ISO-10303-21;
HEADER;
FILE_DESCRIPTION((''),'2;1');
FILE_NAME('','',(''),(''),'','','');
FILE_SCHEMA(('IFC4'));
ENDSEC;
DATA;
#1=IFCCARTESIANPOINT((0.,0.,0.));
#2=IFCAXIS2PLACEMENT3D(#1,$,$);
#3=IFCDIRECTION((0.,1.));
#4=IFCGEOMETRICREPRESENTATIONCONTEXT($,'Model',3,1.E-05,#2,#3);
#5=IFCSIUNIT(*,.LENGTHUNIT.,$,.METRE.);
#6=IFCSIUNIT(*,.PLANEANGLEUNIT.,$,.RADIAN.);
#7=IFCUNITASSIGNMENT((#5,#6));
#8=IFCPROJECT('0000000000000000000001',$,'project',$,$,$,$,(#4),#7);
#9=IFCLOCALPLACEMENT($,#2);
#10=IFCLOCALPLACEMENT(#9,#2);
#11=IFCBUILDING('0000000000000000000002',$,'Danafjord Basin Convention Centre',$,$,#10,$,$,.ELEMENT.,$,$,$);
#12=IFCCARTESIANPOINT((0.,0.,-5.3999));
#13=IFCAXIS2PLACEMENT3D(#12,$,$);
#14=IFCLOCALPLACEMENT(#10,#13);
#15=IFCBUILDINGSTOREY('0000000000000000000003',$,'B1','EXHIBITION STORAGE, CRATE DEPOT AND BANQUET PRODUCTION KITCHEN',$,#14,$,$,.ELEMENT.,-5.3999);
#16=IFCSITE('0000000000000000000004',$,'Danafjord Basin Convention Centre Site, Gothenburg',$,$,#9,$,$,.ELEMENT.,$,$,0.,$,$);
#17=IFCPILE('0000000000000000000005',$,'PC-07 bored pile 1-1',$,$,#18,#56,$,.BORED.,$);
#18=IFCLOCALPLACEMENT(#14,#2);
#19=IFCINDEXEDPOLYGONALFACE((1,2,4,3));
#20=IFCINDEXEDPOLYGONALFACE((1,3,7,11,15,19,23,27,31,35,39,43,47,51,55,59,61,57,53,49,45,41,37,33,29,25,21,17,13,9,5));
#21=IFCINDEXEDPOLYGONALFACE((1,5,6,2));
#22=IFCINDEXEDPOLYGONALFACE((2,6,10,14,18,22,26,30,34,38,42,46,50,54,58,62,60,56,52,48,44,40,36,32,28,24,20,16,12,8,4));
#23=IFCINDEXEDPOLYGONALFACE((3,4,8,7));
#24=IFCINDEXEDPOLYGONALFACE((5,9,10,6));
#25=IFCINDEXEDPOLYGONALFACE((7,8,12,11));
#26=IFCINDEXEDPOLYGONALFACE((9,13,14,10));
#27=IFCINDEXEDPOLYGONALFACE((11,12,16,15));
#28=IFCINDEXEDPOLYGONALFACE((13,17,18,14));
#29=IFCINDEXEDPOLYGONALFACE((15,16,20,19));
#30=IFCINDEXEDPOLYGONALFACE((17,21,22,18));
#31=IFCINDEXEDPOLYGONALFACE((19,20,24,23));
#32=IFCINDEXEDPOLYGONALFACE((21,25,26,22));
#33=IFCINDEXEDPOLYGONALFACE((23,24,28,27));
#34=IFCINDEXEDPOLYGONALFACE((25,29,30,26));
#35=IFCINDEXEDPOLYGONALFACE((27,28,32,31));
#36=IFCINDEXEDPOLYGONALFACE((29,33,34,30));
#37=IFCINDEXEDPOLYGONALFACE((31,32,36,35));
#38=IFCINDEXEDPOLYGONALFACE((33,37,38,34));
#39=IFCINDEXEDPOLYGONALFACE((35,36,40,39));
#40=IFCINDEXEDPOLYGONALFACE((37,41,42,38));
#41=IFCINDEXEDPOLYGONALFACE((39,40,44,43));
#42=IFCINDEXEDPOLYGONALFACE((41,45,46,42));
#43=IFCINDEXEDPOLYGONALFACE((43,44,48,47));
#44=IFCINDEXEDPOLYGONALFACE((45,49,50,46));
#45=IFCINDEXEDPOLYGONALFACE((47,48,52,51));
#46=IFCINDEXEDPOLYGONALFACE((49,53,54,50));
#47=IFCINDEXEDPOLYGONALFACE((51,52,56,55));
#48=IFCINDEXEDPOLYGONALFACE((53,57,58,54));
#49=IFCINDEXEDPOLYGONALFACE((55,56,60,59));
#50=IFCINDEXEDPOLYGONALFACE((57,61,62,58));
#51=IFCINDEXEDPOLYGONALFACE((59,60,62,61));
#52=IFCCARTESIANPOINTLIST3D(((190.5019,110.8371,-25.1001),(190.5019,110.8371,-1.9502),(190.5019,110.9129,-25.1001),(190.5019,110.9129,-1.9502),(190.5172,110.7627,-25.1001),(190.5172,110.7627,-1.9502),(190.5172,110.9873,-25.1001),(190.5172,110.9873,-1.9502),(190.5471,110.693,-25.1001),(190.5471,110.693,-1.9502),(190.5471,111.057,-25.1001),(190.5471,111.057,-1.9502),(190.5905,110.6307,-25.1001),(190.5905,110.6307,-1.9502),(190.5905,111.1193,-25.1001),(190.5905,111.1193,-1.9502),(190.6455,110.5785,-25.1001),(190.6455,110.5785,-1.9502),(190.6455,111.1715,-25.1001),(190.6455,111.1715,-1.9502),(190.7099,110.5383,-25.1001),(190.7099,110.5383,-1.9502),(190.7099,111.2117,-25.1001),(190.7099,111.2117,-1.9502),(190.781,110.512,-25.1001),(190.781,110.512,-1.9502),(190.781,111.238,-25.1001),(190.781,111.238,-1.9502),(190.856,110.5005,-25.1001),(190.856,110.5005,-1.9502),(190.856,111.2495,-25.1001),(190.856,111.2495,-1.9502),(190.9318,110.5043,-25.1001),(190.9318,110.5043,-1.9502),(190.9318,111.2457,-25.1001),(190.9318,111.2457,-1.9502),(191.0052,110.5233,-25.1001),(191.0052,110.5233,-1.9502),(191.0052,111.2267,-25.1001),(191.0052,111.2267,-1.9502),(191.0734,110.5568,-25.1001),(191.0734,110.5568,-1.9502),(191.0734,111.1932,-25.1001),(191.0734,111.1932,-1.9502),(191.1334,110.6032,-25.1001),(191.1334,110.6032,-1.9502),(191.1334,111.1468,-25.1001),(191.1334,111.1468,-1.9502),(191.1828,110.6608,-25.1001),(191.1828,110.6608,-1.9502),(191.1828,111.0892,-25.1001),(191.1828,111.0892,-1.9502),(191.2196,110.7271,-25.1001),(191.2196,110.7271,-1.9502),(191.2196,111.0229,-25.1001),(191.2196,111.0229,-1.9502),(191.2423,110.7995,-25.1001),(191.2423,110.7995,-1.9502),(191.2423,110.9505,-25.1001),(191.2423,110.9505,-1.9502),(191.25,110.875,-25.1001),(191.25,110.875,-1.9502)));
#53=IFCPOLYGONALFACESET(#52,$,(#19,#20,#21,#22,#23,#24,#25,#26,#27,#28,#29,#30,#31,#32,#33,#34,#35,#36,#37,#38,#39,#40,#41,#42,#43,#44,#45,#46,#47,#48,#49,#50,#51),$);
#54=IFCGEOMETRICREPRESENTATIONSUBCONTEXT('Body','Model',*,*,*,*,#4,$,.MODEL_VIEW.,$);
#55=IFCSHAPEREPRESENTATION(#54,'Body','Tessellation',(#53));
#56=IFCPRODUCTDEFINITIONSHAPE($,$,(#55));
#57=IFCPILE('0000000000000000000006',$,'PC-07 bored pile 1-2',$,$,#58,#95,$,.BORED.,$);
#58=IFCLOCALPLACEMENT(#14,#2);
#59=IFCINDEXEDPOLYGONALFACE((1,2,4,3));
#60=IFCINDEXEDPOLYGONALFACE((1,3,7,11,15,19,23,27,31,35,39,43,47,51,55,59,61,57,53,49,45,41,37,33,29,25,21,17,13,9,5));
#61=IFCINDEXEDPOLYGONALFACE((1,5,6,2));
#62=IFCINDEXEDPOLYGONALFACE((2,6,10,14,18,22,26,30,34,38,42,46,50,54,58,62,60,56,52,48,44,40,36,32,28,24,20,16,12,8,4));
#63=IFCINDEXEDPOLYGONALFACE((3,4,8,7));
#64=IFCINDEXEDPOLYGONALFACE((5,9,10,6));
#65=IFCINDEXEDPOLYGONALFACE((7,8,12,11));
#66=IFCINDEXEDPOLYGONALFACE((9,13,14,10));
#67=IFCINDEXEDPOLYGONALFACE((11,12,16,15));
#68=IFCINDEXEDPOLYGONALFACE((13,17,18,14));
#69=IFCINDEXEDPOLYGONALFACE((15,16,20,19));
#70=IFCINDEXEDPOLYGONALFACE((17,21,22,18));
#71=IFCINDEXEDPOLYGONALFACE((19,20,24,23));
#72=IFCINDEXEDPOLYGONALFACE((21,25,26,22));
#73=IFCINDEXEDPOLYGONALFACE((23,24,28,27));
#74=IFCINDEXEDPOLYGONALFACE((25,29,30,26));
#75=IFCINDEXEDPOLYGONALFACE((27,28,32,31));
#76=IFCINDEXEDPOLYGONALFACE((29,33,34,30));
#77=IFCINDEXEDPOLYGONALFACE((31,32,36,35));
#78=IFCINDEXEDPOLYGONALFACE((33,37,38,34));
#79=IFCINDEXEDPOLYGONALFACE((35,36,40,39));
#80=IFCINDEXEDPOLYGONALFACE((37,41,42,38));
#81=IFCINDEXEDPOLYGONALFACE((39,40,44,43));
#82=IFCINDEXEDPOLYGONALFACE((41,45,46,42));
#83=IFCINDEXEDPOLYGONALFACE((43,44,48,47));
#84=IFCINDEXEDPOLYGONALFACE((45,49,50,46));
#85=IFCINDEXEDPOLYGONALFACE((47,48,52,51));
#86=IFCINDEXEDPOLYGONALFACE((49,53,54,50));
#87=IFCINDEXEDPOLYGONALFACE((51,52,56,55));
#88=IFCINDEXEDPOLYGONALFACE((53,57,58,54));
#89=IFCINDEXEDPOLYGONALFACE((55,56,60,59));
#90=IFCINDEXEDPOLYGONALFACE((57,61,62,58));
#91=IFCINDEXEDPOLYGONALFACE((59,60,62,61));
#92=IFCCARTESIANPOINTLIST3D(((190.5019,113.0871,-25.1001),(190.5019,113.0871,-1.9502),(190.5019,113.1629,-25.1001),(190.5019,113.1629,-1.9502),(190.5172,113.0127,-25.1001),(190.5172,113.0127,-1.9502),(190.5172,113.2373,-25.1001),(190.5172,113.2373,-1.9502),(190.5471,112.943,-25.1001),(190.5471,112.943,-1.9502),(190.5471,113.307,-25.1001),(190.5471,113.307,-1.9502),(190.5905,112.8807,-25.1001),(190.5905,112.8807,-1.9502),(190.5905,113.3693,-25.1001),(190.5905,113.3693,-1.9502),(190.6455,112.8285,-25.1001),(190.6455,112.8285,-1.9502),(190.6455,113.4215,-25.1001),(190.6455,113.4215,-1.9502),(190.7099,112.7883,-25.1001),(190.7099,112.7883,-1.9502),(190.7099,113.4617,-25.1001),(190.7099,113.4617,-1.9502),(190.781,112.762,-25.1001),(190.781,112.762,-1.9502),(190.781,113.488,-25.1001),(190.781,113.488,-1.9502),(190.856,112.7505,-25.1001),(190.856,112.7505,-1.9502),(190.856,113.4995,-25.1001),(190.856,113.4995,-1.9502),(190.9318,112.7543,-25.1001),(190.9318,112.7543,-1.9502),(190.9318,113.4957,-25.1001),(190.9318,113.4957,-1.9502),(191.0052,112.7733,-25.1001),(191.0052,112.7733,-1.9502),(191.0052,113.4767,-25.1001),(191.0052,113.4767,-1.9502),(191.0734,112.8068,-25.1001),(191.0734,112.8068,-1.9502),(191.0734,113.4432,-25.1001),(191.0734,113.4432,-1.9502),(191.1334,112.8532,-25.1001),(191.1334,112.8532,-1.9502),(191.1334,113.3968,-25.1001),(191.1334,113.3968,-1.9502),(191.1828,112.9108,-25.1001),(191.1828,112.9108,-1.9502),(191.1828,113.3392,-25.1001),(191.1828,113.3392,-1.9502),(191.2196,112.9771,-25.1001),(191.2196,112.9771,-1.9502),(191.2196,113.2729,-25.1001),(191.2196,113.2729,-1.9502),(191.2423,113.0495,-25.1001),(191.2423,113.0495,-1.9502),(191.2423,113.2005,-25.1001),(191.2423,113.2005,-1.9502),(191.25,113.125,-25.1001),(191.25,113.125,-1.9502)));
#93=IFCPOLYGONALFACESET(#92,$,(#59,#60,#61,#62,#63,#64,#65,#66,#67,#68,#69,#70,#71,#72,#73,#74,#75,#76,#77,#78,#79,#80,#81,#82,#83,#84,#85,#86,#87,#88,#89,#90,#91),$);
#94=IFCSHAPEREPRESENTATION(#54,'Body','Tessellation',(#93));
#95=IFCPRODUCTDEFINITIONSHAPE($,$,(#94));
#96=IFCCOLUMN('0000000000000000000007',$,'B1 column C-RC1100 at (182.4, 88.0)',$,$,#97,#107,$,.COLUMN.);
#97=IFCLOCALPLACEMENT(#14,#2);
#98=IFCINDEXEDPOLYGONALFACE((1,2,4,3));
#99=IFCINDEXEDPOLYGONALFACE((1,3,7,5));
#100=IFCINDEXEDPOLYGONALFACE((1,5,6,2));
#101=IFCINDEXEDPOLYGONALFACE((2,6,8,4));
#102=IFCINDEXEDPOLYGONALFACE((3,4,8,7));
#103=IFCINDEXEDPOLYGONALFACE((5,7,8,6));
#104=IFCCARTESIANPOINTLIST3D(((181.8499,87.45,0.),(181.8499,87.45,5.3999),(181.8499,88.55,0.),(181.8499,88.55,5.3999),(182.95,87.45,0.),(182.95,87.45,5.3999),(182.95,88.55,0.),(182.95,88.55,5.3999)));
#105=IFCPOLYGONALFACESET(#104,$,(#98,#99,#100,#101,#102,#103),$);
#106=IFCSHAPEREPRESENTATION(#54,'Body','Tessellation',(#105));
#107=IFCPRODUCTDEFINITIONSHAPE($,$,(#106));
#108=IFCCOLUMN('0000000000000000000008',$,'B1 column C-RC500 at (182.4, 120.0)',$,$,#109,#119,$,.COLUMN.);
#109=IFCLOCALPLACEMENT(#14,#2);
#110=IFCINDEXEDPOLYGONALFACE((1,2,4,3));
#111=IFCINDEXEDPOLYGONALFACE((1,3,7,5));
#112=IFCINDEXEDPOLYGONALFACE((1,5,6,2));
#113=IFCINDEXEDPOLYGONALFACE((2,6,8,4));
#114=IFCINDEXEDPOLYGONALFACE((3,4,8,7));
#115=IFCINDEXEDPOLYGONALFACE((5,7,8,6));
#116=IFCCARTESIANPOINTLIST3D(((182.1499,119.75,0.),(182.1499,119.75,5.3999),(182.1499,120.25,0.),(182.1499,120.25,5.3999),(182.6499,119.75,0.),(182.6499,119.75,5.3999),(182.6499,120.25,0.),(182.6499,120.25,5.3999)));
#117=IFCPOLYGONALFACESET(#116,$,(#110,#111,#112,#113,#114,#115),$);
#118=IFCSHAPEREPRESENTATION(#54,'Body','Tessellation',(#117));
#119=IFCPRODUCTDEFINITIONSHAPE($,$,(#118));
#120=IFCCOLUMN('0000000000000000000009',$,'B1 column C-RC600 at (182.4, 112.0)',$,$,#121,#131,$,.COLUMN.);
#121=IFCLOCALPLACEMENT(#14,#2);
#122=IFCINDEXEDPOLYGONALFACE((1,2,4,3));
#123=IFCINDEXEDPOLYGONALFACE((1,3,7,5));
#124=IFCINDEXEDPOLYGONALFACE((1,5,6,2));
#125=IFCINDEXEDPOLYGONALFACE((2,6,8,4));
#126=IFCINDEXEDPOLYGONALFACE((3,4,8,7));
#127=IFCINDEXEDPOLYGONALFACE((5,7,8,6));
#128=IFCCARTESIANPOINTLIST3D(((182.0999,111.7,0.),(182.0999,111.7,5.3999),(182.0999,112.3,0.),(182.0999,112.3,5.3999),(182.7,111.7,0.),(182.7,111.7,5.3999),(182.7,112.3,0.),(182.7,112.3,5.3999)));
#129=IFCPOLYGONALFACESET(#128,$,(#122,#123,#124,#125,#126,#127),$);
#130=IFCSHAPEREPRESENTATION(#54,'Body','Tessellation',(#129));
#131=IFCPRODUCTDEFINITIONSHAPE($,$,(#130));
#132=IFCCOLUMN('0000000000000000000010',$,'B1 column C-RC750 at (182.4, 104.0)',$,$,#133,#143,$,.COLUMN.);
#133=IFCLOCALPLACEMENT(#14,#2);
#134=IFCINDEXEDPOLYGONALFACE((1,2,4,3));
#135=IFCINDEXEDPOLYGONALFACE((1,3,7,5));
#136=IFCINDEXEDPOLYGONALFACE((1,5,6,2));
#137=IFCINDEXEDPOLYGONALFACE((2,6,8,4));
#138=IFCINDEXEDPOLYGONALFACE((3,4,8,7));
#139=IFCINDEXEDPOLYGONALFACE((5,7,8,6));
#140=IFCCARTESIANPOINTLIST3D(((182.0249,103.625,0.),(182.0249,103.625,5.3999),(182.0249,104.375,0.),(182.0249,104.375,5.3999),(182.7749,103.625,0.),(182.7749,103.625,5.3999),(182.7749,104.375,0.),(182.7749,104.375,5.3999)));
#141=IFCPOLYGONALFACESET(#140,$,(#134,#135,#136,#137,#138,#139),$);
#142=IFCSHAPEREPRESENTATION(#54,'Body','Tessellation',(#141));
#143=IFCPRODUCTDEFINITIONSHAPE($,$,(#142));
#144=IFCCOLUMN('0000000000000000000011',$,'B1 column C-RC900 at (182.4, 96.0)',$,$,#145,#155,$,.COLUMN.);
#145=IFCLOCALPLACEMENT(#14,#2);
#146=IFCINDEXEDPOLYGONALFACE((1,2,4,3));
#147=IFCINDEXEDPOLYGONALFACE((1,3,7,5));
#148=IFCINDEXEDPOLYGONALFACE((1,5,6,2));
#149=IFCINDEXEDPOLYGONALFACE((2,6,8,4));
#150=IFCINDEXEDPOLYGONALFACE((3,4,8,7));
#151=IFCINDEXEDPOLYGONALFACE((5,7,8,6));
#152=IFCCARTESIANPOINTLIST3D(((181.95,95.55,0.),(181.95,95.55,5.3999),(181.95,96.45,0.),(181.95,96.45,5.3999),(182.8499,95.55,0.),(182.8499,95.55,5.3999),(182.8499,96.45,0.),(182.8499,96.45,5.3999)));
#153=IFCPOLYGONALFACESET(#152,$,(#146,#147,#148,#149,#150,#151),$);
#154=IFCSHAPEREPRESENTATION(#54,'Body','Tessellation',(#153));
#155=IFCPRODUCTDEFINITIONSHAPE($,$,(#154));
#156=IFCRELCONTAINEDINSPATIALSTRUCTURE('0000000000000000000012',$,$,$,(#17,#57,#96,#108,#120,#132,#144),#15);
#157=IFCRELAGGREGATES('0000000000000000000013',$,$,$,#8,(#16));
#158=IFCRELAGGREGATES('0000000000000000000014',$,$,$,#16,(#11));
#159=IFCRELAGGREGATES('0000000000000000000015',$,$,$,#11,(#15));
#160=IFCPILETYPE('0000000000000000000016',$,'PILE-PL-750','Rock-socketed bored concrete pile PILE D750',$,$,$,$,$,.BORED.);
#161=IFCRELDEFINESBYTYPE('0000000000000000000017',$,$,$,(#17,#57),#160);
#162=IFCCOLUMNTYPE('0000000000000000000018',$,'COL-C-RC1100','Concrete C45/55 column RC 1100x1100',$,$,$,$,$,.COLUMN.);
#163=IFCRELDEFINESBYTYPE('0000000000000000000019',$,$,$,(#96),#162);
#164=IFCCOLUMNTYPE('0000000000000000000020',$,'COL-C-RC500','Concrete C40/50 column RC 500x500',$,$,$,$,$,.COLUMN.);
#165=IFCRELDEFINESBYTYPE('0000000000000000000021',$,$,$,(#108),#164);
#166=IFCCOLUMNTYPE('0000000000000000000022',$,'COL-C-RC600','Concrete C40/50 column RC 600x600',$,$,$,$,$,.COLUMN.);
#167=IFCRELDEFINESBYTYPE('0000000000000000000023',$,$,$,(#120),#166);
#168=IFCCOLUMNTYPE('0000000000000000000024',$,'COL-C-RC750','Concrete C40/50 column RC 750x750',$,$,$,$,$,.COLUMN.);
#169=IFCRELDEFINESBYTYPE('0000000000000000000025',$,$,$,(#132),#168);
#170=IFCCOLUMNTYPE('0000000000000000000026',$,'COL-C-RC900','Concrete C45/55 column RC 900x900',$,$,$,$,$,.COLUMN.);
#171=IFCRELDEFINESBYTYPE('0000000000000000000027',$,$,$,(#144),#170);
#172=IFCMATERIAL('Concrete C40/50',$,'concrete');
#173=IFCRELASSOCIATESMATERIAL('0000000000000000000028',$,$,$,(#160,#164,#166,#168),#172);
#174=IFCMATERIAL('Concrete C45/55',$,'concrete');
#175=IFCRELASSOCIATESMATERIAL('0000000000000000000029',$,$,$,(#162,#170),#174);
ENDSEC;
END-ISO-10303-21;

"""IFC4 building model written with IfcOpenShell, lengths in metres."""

from ifc_helpers import new_model, si_unit, direction, frame, origin, origin_2d, place, context, subcontext, project, spatial, rectangle, circle, extrude, material, material_profile, profile_set, type_object, element, save


model = new_model("IFC4")

# Units and contexts
model_context = context("Model", 3, precision=1e-05, world=origin(), true_north=direction((0.0, 1.0)))
body_context = subcontext(model_context, "Body", "Model", "MODEL_VIEW")
ifc_project = project(units=[si_unit("LENGTHUNIT", "METRE"), si_unit("PLANEANGLEUNIT", "RADIAN")], contexts=[model_context])

# Site, building, storey
site_placement = place(None, origin())
site = spatial("IfcSite", under=ifc_project, at=site_placement, Name="Danafjord Basin Convention Centre Site, Gothenburg", CompositionType="ELEMENT", RefElevation=0.0)
building_placement = place(site_placement, origin())
building = spatial("IfcBuilding", under=site, at=building_placement, Name="Danafjord Basin Convention Centre", CompositionType="ELEMENT")
storey_placement = place(building_placement, frame((0.0, 0.0, -5.3999)))
storey = spatial("IfcBuildingStorey", under=building, at=storey_placement, Name="B1", Description="EXHIBITION STORAGE, CRATE DEPOT AND BANQUET PRODUCTION KITCHEN", CompositionType="ELEMENT", Elevation=-5.3999)

# Shared definitions
ifc_material_1 = material(Name="Concrete C40/50", Category="concrete")

# Piles
ifc_material_profile_1 = material_profile(ifc_material_1, circle(Radius=0.375, at=origin_2d()), Name="PILE D750")
ifc_profile_set_1 = profile_set([ifc_material_profile_1], Name="Concrete C40/50")
pile_type_1 = type_object("IfcPileType", Name="PILE-PL-750", Description="Rock-socketed bored concrete pile PILE D750", PredefinedType="BORED", material=ifc_profile_set_1)
for number, where, z_axis, x_axis, name in (
    (1, (190.875, 110.875, -1.9502), (0.0, 0.0, -1.0), (1.0, 0.0, 0.0), "PC-07 bored pile 1-1"),
    (2, (190.875, 113.125, -1.9502), (0.0, 0.0, -1.0), (1.0, 0.0, 0.0), "PC-07 bored pile 1-2"),
):
    element("IfcPile", number, at=place(storey_placement, frame(where, z_axis=z_axis, x_axis=x_axis)), inside=storey, type_object=pile_type_1, Name=name, PredefinedType="BORED", context=body_context, shape_type="SweptSolid", body=[
        extrude(circle(Radius=0.375, at=origin_2d()), origin(), (0.0, 0.0, 1.0), 23.1499),
    ])

# Columns
ifc_material_2 = material(Name="Concrete C45/55", Category="concrete")
ifc_material_profile_2 = material_profile(ifc_material_2, rectangle(XDim=1.1001, YDim=1.1001, at=origin_2d()), Name="RC 1100x1100")
ifc_profile_set_2 = profile_set([ifc_material_profile_2], Name="Concrete C45/55")
column_type_1 = type_object("IfcColumnType", Name="COL-C-RC1100", Description="Concrete C45/55 column RC 1100x1100", PredefinedType="COLUMN", material=ifc_profile_set_2)
column_1_placement = place(storey_placement, frame((182.3999, 88.0, 0.0), z_axis=(0.0, 0.0, 1.0), x_axis=(1.0, 0.0, 0.0)))
element("IfcColumn", 3, at=column_1_placement, inside=storey, type_object=column_type_1, Name="B1 column C-RC1100 at (182.4, 88.0)", PredefinedType="COLUMN", context=body_context, shape_type="SweptSolid", body=[
    extrude(rectangle(XDim=1.1001, YDim=1.1001, at=origin_2d()), origin(), (0.0, 0.0, 1.0), 5.3999),
])
ifc_material_profile_3 = material_profile(ifc_material_1, rectangle(XDim=0.5, YDim=0.5, at=origin_2d()), Name="RC 500x500")
ifc_profile_set_3 = profile_set([ifc_material_profile_3], Name="Concrete C40/50")
column_type_2 = type_object("IfcColumnType", Name="COL-C-RC500", Description="Concrete C40/50 column RC 500x500", PredefinedType="COLUMN", material=ifc_profile_set_3)
column_2_placement = place(storey_placement, frame((182.3999, 120.0, 0.0), z_axis=(0.0, 0.0, 1.0), x_axis=(1.0, 0.0, 0.0)))
element("IfcColumn", 4, at=column_2_placement, inside=storey, type_object=column_type_2, Name="B1 column C-RC500 at (182.4, 120.0)", PredefinedType="COLUMN", context=body_context, shape_type="SweptSolid", body=[
    extrude(rectangle(XDim=0.5, YDim=0.5, at=origin_2d()), origin(), (0.0, 0.0, 1.0), 5.3999),
])
ifc_material_profile_4 = material_profile(ifc_material_1, rectangle(XDim=0.6001, YDim=0.6001, at=origin_2d()), Name="RC 600x600")
ifc_profile_set_4 = profile_set([ifc_material_profile_4], Name="Concrete C40/50")
column_type_3 = type_object("IfcColumnType", Name="COL-C-RC600", Description="Concrete C40/50 column RC 600x600", PredefinedType="COLUMN", material=ifc_profile_set_4)
column_3_placement = place(storey_placement, frame((182.3999, 112.0, 0.0), z_axis=(0.0, 0.0, 1.0), x_axis=(1.0, 0.0, 0.0)))
element("IfcColumn", 5, at=column_3_placement, inside=storey, type_object=column_type_3, Name="B1 column C-RC600 at (182.4, 112.0)", PredefinedType="COLUMN", context=body_context, shape_type="SweptSolid", body=[
    extrude(rectangle(XDim=0.6001, YDim=0.6001, at=origin_2d()), origin(), (0.0, 0.0, 1.0), 5.3999),
])
ifc_material_profile_5 = material_profile(ifc_material_1, rectangle(XDim=0.75, YDim=0.75, at=origin_2d()), Name="RC 750x750")
ifc_profile_set_5 = profile_set([ifc_material_profile_5], Name="Concrete C40/50")
column_type_4 = type_object("IfcColumnType", Name="COL-C-RC750", Description="Concrete C40/50 column RC 750x750", PredefinedType="COLUMN", material=ifc_profile_set_5)
column_4_placement = place(storey_placement, frame((182.3999, 104.0, 0.0), z_axis=(0.0, 0.0, 1.0), x_axis=(1.0, 0.0, 0.0)))
element("IfcColumn", 6, at=column_4_placement, inside=storey, type_object=column_type_4, Name="B1 column C-RC750 at (182.4, 104.0)", PredefinedType="COLUMN", context=body_context, shape_type="SweptSolid", body=[
    extrude(rectangle(XDim=0.75, YDim=0.75, at=origin_2d()), origin(), (0.0, 0.0, 1.0), 5.3999),
])
ifc_material_profile_6 = material_profile(ifc_material_2, rectangle(XDim=0.8999, YDim=0.8999, at=origin_2d()), Name="RC 900x900")
ifc_profile_set_6 = profile_set([ifc_material_profile_6], Name="Concrete C45/55")
column_type_5 = type_object("IfcColumnType", Name="COL-C-RC900", Description="Concrete C45/55 column RC 900x900", PredefinedType="COLUMN", material=ifc_profile_set_6)
column_5_placement = place(storey_placement, frame((182.3999, 96.0, 0.0), z_axis=(0.0, 0.0, 1.0), x_axis=(1.0, 0.0, 0.0)))
element("IfcColumn", 7, at=column_5_placement, inside=storey, type_object=column_type_5, Name="B1 column C-RC900 at (182.4, 96.0)", PredefinedType="COLUMN", context=body_context, shape_type="SweptSolid", body=[
    extrude(rectangle(XDim=0.8999, YDim=0.8999, at=origin_2d()), origin(), (0.0, 0.0, 1.0), 5.3999),
])

save(model, "model.ifc")
